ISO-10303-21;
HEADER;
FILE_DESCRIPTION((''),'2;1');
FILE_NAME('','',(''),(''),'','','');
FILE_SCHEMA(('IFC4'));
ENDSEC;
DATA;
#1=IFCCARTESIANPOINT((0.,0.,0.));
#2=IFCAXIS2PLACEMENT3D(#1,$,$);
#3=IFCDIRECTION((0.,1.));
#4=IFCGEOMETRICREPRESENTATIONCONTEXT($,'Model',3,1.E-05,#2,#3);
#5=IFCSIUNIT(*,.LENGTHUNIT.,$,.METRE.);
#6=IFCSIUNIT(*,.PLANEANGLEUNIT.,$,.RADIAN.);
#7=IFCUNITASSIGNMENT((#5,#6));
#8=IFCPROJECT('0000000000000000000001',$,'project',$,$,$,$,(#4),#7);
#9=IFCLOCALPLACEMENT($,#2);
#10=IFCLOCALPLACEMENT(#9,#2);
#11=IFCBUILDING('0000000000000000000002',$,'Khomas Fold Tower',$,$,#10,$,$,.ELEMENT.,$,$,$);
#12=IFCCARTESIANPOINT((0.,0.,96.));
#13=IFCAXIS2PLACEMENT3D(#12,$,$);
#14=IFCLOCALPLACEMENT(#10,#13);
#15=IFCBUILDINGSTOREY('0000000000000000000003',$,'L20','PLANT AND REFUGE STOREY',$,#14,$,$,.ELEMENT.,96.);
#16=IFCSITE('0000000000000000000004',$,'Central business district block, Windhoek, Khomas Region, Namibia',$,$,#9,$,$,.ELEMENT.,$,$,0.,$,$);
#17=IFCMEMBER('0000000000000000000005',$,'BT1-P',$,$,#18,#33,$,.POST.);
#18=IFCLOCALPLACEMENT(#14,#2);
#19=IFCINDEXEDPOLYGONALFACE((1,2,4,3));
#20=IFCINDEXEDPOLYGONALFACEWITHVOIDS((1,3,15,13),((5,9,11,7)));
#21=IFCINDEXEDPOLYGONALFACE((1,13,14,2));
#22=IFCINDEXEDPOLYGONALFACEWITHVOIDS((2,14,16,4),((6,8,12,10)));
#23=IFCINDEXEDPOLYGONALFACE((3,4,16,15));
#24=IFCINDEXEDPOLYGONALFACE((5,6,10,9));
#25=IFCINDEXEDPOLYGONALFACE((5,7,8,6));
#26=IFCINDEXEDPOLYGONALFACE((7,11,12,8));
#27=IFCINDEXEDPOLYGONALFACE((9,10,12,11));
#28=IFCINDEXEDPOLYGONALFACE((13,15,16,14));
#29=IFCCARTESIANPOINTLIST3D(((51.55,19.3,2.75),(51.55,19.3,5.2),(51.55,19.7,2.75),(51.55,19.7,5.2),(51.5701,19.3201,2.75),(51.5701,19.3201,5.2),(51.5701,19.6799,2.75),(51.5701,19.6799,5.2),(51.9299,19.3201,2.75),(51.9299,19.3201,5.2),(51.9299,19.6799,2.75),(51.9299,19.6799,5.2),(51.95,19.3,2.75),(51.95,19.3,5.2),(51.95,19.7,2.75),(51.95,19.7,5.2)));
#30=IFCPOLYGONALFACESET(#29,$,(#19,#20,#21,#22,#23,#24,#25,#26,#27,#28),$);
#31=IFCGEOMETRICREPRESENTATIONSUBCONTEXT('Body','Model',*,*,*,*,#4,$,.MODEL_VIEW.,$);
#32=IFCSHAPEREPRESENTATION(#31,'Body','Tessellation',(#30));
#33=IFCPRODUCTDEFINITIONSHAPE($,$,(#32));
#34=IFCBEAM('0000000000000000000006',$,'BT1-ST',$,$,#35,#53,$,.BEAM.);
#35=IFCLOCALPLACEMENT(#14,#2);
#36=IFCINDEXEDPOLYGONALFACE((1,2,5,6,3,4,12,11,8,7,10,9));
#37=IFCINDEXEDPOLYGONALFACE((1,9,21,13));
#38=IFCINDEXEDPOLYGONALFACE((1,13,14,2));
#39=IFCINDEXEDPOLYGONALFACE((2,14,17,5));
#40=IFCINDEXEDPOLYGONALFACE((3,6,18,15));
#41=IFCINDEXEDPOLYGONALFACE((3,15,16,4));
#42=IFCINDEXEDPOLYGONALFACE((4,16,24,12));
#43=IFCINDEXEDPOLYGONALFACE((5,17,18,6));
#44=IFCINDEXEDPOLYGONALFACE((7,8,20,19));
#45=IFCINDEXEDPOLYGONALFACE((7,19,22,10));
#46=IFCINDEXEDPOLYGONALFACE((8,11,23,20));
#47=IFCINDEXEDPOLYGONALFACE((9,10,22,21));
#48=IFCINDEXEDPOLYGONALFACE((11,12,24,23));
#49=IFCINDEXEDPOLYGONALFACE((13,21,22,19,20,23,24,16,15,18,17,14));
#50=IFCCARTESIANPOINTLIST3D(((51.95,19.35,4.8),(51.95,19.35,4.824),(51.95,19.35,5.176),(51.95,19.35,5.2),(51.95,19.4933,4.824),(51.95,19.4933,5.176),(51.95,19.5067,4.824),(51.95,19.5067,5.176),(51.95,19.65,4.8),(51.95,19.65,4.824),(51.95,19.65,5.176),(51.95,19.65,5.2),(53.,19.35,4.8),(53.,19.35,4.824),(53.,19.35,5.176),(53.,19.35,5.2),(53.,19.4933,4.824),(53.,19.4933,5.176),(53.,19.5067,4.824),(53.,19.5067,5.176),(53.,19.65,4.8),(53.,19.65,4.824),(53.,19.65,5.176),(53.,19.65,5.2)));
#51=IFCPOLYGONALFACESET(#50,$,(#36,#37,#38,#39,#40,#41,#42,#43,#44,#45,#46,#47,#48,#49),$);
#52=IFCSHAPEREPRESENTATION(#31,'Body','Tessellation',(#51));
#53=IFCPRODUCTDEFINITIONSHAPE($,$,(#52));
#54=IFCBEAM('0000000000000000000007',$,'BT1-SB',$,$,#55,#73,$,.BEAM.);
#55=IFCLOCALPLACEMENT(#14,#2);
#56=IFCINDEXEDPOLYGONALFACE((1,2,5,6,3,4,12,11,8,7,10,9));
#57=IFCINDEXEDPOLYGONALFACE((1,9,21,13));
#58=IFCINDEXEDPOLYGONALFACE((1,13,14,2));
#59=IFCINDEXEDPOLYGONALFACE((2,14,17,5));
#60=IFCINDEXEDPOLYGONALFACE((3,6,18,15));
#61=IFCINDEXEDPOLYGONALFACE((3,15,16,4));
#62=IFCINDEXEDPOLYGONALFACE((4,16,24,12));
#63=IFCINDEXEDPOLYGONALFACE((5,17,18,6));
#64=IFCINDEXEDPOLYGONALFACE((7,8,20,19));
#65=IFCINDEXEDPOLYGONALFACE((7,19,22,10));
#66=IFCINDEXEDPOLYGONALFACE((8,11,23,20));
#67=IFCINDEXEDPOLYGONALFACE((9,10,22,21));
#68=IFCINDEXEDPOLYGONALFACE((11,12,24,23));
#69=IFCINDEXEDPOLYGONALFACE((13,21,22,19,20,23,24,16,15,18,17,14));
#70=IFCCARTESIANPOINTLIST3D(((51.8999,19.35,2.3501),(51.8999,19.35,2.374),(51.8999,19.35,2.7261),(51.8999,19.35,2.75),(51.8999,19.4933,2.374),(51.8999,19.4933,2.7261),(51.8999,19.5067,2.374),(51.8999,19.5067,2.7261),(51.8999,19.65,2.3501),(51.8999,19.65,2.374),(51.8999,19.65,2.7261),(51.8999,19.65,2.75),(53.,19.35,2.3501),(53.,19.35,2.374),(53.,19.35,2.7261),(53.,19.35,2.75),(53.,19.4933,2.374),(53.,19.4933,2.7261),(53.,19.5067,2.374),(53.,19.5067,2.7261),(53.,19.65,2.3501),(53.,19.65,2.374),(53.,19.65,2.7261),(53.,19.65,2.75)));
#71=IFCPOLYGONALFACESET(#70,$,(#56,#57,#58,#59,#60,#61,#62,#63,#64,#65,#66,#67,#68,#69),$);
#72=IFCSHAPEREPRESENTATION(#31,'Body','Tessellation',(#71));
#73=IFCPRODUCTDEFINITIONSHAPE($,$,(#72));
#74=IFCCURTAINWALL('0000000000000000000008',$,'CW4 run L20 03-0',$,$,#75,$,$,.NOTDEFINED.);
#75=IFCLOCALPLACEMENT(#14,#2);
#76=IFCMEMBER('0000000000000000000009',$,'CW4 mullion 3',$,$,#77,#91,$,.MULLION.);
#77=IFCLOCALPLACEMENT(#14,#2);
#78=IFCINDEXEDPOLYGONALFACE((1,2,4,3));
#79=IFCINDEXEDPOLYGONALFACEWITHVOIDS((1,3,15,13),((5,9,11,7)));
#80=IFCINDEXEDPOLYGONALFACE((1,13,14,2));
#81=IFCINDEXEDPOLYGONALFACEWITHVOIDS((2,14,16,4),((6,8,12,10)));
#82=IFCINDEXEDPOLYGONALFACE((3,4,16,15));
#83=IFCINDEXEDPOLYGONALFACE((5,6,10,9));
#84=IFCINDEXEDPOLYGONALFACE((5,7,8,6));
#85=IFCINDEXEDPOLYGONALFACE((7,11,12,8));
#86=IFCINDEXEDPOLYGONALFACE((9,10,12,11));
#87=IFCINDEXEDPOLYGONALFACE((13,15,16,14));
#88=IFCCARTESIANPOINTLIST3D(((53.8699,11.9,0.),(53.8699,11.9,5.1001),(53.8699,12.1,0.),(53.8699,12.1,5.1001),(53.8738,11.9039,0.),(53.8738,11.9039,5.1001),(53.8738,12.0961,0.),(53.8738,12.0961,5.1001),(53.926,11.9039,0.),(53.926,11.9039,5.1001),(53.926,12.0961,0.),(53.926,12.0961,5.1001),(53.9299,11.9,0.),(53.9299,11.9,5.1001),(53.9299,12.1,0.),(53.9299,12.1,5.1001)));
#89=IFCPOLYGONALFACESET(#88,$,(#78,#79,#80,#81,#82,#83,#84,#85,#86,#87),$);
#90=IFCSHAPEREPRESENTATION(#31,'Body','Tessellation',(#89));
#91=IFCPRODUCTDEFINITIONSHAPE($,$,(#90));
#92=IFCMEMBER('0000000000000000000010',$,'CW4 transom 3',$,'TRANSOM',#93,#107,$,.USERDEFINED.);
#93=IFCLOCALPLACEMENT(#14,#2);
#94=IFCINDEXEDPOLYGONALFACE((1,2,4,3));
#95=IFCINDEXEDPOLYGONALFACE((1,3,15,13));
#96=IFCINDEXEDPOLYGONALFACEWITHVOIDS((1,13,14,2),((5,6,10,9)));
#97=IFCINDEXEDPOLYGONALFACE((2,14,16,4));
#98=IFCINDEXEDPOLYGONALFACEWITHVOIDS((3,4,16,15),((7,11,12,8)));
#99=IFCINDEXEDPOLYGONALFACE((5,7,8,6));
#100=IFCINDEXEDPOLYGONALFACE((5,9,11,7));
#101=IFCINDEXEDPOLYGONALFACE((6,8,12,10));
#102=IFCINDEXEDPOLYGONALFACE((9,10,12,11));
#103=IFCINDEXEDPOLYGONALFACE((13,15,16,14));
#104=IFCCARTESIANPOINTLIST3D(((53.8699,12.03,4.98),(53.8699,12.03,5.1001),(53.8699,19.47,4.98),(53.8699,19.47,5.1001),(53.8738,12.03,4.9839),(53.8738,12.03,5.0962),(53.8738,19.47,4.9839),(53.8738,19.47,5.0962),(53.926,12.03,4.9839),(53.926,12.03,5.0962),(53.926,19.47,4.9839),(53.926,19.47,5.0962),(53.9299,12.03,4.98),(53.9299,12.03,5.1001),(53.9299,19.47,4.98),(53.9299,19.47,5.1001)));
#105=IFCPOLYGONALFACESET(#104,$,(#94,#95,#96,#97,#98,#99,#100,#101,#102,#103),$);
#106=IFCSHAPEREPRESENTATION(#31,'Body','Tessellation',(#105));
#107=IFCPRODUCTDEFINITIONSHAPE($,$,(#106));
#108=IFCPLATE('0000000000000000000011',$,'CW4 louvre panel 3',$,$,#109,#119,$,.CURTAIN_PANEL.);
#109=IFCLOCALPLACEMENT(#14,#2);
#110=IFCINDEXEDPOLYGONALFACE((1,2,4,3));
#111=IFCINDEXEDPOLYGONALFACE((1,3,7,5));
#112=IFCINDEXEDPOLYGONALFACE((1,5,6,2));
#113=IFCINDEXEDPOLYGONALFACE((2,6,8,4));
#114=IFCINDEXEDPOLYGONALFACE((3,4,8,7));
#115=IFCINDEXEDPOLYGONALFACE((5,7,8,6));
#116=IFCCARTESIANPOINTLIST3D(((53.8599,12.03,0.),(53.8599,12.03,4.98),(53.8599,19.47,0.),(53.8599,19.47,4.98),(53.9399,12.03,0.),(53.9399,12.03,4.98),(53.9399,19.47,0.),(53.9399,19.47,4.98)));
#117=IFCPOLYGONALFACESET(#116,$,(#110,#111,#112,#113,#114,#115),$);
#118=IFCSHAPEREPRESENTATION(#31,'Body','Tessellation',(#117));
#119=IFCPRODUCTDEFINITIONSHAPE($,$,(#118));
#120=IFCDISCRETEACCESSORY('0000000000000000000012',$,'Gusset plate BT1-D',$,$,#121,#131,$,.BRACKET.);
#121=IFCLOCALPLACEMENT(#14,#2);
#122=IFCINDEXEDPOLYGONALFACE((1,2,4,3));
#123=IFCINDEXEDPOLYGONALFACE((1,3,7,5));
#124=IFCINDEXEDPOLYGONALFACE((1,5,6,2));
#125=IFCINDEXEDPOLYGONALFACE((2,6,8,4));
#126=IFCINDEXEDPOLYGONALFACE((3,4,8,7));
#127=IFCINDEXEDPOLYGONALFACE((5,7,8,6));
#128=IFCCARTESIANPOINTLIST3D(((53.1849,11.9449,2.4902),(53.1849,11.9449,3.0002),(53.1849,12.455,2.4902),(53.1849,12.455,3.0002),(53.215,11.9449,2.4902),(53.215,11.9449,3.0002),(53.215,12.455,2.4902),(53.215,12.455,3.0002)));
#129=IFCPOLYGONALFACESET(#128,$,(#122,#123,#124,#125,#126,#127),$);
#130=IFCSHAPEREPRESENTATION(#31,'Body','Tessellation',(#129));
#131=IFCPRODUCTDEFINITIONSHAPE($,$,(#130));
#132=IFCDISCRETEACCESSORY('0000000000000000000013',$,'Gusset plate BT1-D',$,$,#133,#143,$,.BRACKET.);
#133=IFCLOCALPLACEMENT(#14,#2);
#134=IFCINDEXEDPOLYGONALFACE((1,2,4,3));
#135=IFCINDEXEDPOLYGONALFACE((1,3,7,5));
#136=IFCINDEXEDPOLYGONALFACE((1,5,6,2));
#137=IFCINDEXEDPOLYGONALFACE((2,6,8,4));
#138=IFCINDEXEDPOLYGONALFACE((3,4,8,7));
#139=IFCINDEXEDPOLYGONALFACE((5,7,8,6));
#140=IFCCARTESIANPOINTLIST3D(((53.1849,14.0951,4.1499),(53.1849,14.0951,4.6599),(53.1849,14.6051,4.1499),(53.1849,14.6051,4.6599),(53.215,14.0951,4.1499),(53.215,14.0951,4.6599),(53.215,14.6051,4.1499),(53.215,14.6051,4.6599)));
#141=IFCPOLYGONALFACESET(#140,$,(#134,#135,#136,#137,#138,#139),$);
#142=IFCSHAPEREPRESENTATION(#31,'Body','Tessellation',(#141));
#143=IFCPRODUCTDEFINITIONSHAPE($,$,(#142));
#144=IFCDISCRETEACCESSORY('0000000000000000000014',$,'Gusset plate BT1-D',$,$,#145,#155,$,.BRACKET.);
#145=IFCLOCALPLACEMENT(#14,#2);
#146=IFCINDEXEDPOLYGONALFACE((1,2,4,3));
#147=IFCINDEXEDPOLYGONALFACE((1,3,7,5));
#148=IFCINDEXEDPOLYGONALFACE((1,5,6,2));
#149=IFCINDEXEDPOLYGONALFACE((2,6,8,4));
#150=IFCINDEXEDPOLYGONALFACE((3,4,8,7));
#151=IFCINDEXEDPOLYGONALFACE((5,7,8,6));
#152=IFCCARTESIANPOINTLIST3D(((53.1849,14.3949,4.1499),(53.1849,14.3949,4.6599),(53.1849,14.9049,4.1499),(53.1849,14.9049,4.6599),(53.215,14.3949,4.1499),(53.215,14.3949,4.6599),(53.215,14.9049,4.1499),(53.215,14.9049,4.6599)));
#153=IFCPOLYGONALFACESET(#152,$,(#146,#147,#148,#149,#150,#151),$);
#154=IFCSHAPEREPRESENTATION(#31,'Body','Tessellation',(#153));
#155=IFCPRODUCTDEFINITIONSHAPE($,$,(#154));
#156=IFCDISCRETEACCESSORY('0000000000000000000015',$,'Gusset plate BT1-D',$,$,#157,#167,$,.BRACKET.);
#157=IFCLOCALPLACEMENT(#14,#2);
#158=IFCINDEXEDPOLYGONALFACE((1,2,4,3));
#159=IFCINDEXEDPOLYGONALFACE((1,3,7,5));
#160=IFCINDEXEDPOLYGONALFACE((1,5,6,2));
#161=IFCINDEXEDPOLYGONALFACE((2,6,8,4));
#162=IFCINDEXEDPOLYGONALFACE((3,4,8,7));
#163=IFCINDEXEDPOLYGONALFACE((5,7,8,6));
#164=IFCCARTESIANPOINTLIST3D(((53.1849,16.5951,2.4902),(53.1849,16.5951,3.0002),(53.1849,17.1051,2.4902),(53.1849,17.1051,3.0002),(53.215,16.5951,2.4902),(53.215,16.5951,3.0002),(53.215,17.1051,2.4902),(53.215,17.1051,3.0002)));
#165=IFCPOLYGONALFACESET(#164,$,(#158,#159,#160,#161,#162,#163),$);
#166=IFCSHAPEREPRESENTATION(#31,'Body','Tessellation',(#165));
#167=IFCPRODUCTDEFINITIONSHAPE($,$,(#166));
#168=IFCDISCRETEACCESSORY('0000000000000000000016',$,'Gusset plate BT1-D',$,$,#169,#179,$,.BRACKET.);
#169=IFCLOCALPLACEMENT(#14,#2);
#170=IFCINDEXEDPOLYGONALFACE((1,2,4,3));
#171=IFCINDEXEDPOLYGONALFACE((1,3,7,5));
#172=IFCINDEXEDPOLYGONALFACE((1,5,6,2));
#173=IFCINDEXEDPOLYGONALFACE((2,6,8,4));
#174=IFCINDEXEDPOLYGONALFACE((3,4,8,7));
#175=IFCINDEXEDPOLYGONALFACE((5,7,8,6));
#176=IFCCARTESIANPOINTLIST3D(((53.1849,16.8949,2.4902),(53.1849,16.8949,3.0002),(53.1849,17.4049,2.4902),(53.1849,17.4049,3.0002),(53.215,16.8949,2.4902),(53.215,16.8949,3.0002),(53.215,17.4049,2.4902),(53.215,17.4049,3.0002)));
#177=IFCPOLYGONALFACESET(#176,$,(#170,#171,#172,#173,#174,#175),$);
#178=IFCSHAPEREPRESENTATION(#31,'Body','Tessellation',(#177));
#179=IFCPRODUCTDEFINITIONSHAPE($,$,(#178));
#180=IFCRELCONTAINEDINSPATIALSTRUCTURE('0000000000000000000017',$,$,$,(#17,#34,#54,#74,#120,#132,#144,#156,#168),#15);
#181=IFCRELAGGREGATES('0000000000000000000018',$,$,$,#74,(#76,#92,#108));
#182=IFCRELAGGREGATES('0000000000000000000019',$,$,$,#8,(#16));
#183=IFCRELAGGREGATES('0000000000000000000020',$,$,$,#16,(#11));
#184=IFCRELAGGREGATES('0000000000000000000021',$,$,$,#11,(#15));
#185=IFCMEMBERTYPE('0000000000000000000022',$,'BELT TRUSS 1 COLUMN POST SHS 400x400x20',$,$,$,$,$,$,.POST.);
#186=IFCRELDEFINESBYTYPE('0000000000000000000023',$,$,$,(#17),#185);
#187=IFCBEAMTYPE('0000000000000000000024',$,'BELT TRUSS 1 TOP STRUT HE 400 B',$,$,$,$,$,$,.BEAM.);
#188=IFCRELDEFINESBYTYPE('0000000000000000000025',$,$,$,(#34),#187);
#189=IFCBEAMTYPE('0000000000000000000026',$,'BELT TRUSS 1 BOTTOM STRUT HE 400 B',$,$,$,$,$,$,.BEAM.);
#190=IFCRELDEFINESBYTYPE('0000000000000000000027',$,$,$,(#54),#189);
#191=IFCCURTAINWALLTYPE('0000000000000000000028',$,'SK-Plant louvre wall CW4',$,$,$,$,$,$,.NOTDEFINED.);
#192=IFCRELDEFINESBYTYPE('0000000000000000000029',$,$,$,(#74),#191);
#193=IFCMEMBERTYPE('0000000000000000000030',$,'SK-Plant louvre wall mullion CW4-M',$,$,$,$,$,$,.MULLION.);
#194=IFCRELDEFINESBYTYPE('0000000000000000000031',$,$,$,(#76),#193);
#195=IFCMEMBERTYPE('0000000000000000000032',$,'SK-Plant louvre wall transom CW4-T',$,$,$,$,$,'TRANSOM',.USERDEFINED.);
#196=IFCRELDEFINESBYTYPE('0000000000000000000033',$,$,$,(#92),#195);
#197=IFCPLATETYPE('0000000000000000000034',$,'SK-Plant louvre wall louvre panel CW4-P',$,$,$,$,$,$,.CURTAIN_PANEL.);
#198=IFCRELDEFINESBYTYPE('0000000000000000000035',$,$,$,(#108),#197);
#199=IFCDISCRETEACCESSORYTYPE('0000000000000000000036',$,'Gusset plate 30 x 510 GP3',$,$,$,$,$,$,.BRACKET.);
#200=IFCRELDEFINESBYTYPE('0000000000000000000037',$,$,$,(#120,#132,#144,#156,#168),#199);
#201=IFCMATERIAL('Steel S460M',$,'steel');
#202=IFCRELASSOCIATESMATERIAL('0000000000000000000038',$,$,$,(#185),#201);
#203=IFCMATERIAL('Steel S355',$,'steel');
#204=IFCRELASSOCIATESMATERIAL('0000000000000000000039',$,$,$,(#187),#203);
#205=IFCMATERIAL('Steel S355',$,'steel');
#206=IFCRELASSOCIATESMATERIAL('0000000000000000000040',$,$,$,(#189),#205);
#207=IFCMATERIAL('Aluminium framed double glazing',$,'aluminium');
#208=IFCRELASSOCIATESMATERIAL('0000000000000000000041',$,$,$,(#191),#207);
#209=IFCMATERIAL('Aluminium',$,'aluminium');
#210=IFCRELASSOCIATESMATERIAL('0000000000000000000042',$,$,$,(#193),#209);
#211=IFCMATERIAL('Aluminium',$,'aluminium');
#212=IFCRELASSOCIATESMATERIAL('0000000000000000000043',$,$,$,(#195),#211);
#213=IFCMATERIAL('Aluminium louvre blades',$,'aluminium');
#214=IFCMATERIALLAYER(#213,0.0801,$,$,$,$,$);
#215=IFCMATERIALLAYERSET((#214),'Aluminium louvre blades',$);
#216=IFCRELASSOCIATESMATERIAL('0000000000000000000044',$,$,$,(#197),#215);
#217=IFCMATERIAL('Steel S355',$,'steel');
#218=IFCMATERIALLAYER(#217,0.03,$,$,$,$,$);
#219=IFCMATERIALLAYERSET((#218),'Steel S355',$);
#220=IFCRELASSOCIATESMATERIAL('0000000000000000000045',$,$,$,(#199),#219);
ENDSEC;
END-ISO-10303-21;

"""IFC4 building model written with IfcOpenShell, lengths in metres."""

from ifc_helpers import new_model, si_unit, direction, frame, origin, origin_2d, place, context, subcontext, project, spatial, rectangle, hollow_rectangle, i_section, extrude, source, transform, mapped, material, layer, layer_set, material_profile, profile_set, type_object, element, aggregate, save


model = new_model("IFC4")

# Units and contexts
model_context = context("Model", 3, precision=1e-05, world=origin(), true_north=direction((0.0, 1.0)))
body_context = subcontext(model_context, "Body", "Model", "MODEL_VIEW")
ifc_project = project(units=[si_unit("LENGTHUNIT", "METRE"), si_unit("PLANEANGLEUNIT", "RADIAN")], contexts=[model_context])

# Site, building, storey
site_placement = place(None, origin())
site = spatial("IfcSite", under=ifc_project, at=site_placement, Name="Central business district block, Windhoek, Khomas Region, Namibia", CompositionType="ELEMENT", RefElevation=0.0)
building_placement = place(site_placement, origin())
building = spatial("IfcBuilding", under=site, at=building_placement, Name="Khomas Fold Tower", CompositionType="ELEMENT")
storey_placement = place(building_placement, frame((0.0, 0.0, 96.0)))
storey = spatial("IfcBuildingStorey", under=building, at=storey_placement, Name="L20", Description="PLANT AND REFUGE STOREY", CompositionType="ELEMENT", Elevation=96.0)

# Member
ifc_material_1 = material(Name="Steel S460M", Category="steel")
ifc_material_profile_1 = material_profile(ifc_material_1, hollow_rectangle(XDim=0.3999, YDim=0.3999, WallThickness=0.02, at=origin_2d()), Name="SHS 400x400x20")
ifc_profile_set_1 = profile_set([ifc_material_profile_1], Name="Steel S460M")
member_type_1 = type_object("IfcMemberType", Name="BELT TRUSS 1 COLUMN POST SHS 400x400x20", PredefinedType="POST", material=ifc_profile_set_1)
shared_shape_1 = source(origin(), body_context, "Body", "SweptSolid", [
    extrude(hollow_rectangle(XDim=0.3999, YDim=0.3999, WallThickness=0.02, at=origin_2d()), origin(), (0.0, 0.0, 1.0), 2.45),
])
member_1_placement = place(storey_placement, frame((51.75, 19.5, 2.75), z_axis=(0.0, 0.0, 1.0), x_axis=(1.0, 0.0, 0.0)))
element("IfcMember", 1, at=member_1_placement, inside=storey, type_object=member_type_1, Name="BT1-P", PredefinedType="POST", context=body_context, shape_type="MappedRepresentation", body=[
    mapped(shared_shape_1, transform((0.0, 0.0, 0.0))),
])

# Beams
ifc_material_2 = material(Name="Steel S355", Category="steel")
ifc_material_profile_2 = material_profile(ifc_material_2, i_section(OverallWidth=0.3, OverallDepth=0.3999, WebThickness=0.0134, FlangeThickness=0.0239, at=origin_2d()), Name="HE 400 B")
ifc_profile_set_2 = profile_set([ifc_material_profile_2], Name="Steel S355")
beam_type_1 = type_object("IfcBeamType", Name="BELT TRUSS 1 TOP STRUT HE 400 B", PredefinedType="BEAM", material=ifc_profile_set_2)
shared_shape_2 = source(origin(), body_context, "Body", "SweptSolid", [
    extrude(i_section(OverallWidth=0.3, OverallDepth=0.3999, WebThickness=0.0134, FlangeThickness=0.0239, at=origin_2d()), origin(), (0.0, 0.0, 1.0), 1.05),
])
beam_1_placement = place(storey_placement, frame((51.95, 19.5, 5.0), z_axis=(1.0, 0.0, 0.0), x_axis=(0.0, 1.0, 0.0)))
element("IfcBeam", 2, at=beam_1_placement, inside=storey, type_object=beam_type_1, Name="BT1-ST", PredefinedType="BEAM", context=body_context, shape_type="MappedRepresentation", body=[
    mapped(shared_shape_2, transform((0.0, 0.0, 0.0))),
])
ifc_material_3 = material(Name="Steel S355", Category="steel")
ifc_material_profile_3 = material_profile(ifc_material_3, i_section(OverallWidth=0.3, OverallDepth=0.3999, WebThickness=0.0134, FlangeThickness=0.0239, at=origin_2d()), Name="HE 400 B")
ifc_profile_set_3 = profile_set([ifc_material_profile_3], Name="Steel S355")
beam_type_2 = type_object("IfcBeamType", Name="BELT TRUSS 1 BOTTOM STRUT HE 400 B", PredefinedType="BEAM", material=ifc_profile_set_3)
shared_shape_3 = source(origin(), body_context, "Body", "SweptSolid", [
    extrude(i_section(OverallWidth=0.3, OverallDepth=0.3999, WebThickness=0.0134, FlangeThickness=0.0239, at=origin_2d()), origin(), (0.0, 0.0, 1.0), 1.1001),
])
beam_2_placement = place(storey_placement, frame((51.8999, 19.5, 2.55), z_axis=(1.0, 0.0, 0.0), x_axis=(0.0, 1.0, 0.0)))
element("IfcBeam", 3, at=beam_2_placement, inside=storey, type_object=beam_type_2, Name="BT1-SB", PredefinedType="BEAM", context=body_context, shape_type="MappedRepresentation", body=[
    mapped(shared_shape_3, transform((0.0, 0.0, 0.0))),
])

# Curtain wall, members, plate
ifc_material_4 = material(Name="Aluminium framed double glazing", Category="aluminium")
curtain_wall_type = type_object("IfcCurtainWallType", Name="SK-Plant louvre wall CW4", PredefinedType="NOTDEFINED", material=ifc_material_4)
curtain_wall_placement = place(storey_placement, origin())
curtain_wall = element("IfcCurtainWall", 4, at=curtain_wall_placement, inside=storey, type_object=curtain_wall_type, Name="CW4 run L20 03-0", PredefinedType="NOTDEFINED")
ifc_material_5 = material(Name="Aluminium", Category="aluminium")
ifc_material_profile_4 = material_profile(ifc_material_5, hollow_rectangle(XDim=0.0601, YDim=0.2, WallThickness=0.0039, at=origin_2d()), Name="SK-Plant louvre wall mullion CW4-M")
ifc_profile_set_4 = profile_set([ifc_material_profile_4], Name="Aluminium")
member_type_2 = type_object("IfcMemberType", Name="SK-Plant louvre wall mullion CW4-M", PredefinedType="MULLION", material=ifc_profile_set_4)
shared_shape_4 = source(origin(), body_context, "Body", "SweptSolid", [
    extrude(hollow_rectangle(XDim=0.0601, YDim=0.2, WallThickness=0.0039, at=origin_2d()), origin(), (0.0, 0.0, 1.0), 5.1001),
])
member_2_placement = place(storey_placement, frame((53.8999, 12.0, 0.0), z_axis=(0.0, 0.0, 1.0), x_axis=(-1.0, 0.0, 0.0)))
member_2 = element("IfcMember", 5, at=member_2_placement, type_object=member_type_2, Name="CW4 mullion 3", PredefinedType="MULLION", context=body_context, shape_type="MappedRepresentation", body=[
    mapped(shared_shape_4, transform((0.0, 0.0, 0.0))),
])
ifc_material_6 = material(Name="Aluminium", Category="aluminium")
ifc_material_profile_5 = material_profile(ifc_material_6, hollow_rectangle(XDim=0.0601, YDim=0.1201, WallThickness=0.0039, at=origin_2d()), Name="SK-Plant louvre wall transom CW4-T")
ifc_profile_set_5 = profile_set([ifc_material_profile_5], Name="Aluminium")
member_type_3 = type_object("IfcMemberType", Name="SK-Plant louvre wall transom CW4-T", ElementType="TRANSOM", PredefinedType="USERDEFINED", material=ifc_profile_set_5)
shared_shape_5 = source(origin(), body_context, "Body", "SweptSolid", [
    extrude(hollow_rectangle(XDim=0.0601, YDim=0.1201, WallThickness=0.0039, at=origin_2d()), origin(), (0.0, 0.0, 1.0), 7.4399),
])
member_3_placement = place(storey_placement, frame((53.8999, 12.03, 5.04), z_axis=(0.0, 1.0, 0.0), x_axis=(-1.0, 0.0, 0.0)))
member_3 = element("IfcMember", 6, at=member_3_placement, type_object=member_type_3, Name="CW4 transom 3", ObjectType="TRANSOM", PredefinedType="USERDEFINED", context=body_context, shape_type="MappedRepresentation", body=[
    mapped(shared_shape_5, transform((0.0, 0.0, 0.0))),
])
ifc_material_7 = material(Name="Aluminium louvre blades", Category="aluminium")
ifc_layer_1 = layer(ifc_material_7, 0.0801)
ifc_layer_set_1 = layer_set([ifc_layer_1], Name="Aluminium louvre blades")
plate_type = type_object("IfcPlateType", Name="SK-Plant louvre wall louvre panel CW4-P", PredefinedType="CURTAIN_PANEL", material=ifc_layer_set_1)
shared_shape_6 = source(origin(), body_context, "Body", "SweptSolid", [
    extrude(rectangle(XDim=7.4399, YDim=0.0801, at=origin_2d()), origin(), (0.0, 0.0, 1.0), 4.98),
])
plate_placement = place(storey_placement, frame((53.8999, 15.75, 0.0), z_axis=(0.0, 0.0, 1.0), x_axis=(0.0, 1.0, 0.0)))
plate = element("IfcPlate", 7, at=plate_placement, type_object=plate_type, Name="CW4 louvre panel 3", PredefinedType="CURTAIN_PANEL", context=body_context, shape_type="MappedRepresentation", body=[
    mapped(shared_shape_6, transform((0.0, 0.0, 0.0))),
])
aggregate(curtain_wall, [member_2, member_3, plate])

# Discrete accessories
ifc_material_8 = material(Name="Steel S355", Category="steel")
ifc_layer_2 = layer(ifc_material_8, 0.03)
ifc_layer_set_2 = layer_set([ifc_layer_2], Name="Steel S355")
discrete_accessory_type = type_object("IfcDiscreteAccessoryType", Name="Gusset plate 30 x 510 GP3", PredefinedType="BRACKET", material=ifc_layer_set_2)
shared_shape_7 = source(origin(), body_context, "Body", "SweptSolid", [
    extrude(rectangle(XDim=0.51, YDim=0.03, at=origin_2d()), origin(), (0.0, 0.0, 1.0), 0.51),
])
for number, where, z_axis, x_axis, name in (
    (8, (53.2, 12.2, 2.4902), (0.0, 0.0, 1.0), (0.0, 1.0, 0.0), "Gusset plate BT1-D"),
    (9, (53.2, 14.3501, 4.1499), (0.0, 0.0, 1.0), (0.0, 1.0, 0.0), "Gusset plate BT1-D"),
    (10, (53.2, 14.6499, 4.1499), (0.0, 0.0, 1.0), (0.0, 1.0, 0.0), "Gusset plate BT1-D"),
    (11, (53.2, 16.8501, 2.4902), (0.0, 0.0, 1.0), (0.0, 1.0, 0.0), "Gusset plate BT1-D"),
    (12, (53.2, 17.1499, 2.4902), (0.0, 0.0, 1.0), (0.0, 1.0, 0.0), "Gusset plate BT1-D"),
):
    element("IfcDiscreteAccessory", number, at=place(storey_placement, frame(where, z_axis=z_axis, x_axis=x_axis)), inside=storey, type_object=discrete_accessory_type, Name=name, PredefinedType="BRACKET", context=body_context, shape_type="MappedRepresentation", body=[
        mapped(shared_shape_7, transform((0.0, 0.0, 0.0))),
    ])

save(model, "model.ifc")
